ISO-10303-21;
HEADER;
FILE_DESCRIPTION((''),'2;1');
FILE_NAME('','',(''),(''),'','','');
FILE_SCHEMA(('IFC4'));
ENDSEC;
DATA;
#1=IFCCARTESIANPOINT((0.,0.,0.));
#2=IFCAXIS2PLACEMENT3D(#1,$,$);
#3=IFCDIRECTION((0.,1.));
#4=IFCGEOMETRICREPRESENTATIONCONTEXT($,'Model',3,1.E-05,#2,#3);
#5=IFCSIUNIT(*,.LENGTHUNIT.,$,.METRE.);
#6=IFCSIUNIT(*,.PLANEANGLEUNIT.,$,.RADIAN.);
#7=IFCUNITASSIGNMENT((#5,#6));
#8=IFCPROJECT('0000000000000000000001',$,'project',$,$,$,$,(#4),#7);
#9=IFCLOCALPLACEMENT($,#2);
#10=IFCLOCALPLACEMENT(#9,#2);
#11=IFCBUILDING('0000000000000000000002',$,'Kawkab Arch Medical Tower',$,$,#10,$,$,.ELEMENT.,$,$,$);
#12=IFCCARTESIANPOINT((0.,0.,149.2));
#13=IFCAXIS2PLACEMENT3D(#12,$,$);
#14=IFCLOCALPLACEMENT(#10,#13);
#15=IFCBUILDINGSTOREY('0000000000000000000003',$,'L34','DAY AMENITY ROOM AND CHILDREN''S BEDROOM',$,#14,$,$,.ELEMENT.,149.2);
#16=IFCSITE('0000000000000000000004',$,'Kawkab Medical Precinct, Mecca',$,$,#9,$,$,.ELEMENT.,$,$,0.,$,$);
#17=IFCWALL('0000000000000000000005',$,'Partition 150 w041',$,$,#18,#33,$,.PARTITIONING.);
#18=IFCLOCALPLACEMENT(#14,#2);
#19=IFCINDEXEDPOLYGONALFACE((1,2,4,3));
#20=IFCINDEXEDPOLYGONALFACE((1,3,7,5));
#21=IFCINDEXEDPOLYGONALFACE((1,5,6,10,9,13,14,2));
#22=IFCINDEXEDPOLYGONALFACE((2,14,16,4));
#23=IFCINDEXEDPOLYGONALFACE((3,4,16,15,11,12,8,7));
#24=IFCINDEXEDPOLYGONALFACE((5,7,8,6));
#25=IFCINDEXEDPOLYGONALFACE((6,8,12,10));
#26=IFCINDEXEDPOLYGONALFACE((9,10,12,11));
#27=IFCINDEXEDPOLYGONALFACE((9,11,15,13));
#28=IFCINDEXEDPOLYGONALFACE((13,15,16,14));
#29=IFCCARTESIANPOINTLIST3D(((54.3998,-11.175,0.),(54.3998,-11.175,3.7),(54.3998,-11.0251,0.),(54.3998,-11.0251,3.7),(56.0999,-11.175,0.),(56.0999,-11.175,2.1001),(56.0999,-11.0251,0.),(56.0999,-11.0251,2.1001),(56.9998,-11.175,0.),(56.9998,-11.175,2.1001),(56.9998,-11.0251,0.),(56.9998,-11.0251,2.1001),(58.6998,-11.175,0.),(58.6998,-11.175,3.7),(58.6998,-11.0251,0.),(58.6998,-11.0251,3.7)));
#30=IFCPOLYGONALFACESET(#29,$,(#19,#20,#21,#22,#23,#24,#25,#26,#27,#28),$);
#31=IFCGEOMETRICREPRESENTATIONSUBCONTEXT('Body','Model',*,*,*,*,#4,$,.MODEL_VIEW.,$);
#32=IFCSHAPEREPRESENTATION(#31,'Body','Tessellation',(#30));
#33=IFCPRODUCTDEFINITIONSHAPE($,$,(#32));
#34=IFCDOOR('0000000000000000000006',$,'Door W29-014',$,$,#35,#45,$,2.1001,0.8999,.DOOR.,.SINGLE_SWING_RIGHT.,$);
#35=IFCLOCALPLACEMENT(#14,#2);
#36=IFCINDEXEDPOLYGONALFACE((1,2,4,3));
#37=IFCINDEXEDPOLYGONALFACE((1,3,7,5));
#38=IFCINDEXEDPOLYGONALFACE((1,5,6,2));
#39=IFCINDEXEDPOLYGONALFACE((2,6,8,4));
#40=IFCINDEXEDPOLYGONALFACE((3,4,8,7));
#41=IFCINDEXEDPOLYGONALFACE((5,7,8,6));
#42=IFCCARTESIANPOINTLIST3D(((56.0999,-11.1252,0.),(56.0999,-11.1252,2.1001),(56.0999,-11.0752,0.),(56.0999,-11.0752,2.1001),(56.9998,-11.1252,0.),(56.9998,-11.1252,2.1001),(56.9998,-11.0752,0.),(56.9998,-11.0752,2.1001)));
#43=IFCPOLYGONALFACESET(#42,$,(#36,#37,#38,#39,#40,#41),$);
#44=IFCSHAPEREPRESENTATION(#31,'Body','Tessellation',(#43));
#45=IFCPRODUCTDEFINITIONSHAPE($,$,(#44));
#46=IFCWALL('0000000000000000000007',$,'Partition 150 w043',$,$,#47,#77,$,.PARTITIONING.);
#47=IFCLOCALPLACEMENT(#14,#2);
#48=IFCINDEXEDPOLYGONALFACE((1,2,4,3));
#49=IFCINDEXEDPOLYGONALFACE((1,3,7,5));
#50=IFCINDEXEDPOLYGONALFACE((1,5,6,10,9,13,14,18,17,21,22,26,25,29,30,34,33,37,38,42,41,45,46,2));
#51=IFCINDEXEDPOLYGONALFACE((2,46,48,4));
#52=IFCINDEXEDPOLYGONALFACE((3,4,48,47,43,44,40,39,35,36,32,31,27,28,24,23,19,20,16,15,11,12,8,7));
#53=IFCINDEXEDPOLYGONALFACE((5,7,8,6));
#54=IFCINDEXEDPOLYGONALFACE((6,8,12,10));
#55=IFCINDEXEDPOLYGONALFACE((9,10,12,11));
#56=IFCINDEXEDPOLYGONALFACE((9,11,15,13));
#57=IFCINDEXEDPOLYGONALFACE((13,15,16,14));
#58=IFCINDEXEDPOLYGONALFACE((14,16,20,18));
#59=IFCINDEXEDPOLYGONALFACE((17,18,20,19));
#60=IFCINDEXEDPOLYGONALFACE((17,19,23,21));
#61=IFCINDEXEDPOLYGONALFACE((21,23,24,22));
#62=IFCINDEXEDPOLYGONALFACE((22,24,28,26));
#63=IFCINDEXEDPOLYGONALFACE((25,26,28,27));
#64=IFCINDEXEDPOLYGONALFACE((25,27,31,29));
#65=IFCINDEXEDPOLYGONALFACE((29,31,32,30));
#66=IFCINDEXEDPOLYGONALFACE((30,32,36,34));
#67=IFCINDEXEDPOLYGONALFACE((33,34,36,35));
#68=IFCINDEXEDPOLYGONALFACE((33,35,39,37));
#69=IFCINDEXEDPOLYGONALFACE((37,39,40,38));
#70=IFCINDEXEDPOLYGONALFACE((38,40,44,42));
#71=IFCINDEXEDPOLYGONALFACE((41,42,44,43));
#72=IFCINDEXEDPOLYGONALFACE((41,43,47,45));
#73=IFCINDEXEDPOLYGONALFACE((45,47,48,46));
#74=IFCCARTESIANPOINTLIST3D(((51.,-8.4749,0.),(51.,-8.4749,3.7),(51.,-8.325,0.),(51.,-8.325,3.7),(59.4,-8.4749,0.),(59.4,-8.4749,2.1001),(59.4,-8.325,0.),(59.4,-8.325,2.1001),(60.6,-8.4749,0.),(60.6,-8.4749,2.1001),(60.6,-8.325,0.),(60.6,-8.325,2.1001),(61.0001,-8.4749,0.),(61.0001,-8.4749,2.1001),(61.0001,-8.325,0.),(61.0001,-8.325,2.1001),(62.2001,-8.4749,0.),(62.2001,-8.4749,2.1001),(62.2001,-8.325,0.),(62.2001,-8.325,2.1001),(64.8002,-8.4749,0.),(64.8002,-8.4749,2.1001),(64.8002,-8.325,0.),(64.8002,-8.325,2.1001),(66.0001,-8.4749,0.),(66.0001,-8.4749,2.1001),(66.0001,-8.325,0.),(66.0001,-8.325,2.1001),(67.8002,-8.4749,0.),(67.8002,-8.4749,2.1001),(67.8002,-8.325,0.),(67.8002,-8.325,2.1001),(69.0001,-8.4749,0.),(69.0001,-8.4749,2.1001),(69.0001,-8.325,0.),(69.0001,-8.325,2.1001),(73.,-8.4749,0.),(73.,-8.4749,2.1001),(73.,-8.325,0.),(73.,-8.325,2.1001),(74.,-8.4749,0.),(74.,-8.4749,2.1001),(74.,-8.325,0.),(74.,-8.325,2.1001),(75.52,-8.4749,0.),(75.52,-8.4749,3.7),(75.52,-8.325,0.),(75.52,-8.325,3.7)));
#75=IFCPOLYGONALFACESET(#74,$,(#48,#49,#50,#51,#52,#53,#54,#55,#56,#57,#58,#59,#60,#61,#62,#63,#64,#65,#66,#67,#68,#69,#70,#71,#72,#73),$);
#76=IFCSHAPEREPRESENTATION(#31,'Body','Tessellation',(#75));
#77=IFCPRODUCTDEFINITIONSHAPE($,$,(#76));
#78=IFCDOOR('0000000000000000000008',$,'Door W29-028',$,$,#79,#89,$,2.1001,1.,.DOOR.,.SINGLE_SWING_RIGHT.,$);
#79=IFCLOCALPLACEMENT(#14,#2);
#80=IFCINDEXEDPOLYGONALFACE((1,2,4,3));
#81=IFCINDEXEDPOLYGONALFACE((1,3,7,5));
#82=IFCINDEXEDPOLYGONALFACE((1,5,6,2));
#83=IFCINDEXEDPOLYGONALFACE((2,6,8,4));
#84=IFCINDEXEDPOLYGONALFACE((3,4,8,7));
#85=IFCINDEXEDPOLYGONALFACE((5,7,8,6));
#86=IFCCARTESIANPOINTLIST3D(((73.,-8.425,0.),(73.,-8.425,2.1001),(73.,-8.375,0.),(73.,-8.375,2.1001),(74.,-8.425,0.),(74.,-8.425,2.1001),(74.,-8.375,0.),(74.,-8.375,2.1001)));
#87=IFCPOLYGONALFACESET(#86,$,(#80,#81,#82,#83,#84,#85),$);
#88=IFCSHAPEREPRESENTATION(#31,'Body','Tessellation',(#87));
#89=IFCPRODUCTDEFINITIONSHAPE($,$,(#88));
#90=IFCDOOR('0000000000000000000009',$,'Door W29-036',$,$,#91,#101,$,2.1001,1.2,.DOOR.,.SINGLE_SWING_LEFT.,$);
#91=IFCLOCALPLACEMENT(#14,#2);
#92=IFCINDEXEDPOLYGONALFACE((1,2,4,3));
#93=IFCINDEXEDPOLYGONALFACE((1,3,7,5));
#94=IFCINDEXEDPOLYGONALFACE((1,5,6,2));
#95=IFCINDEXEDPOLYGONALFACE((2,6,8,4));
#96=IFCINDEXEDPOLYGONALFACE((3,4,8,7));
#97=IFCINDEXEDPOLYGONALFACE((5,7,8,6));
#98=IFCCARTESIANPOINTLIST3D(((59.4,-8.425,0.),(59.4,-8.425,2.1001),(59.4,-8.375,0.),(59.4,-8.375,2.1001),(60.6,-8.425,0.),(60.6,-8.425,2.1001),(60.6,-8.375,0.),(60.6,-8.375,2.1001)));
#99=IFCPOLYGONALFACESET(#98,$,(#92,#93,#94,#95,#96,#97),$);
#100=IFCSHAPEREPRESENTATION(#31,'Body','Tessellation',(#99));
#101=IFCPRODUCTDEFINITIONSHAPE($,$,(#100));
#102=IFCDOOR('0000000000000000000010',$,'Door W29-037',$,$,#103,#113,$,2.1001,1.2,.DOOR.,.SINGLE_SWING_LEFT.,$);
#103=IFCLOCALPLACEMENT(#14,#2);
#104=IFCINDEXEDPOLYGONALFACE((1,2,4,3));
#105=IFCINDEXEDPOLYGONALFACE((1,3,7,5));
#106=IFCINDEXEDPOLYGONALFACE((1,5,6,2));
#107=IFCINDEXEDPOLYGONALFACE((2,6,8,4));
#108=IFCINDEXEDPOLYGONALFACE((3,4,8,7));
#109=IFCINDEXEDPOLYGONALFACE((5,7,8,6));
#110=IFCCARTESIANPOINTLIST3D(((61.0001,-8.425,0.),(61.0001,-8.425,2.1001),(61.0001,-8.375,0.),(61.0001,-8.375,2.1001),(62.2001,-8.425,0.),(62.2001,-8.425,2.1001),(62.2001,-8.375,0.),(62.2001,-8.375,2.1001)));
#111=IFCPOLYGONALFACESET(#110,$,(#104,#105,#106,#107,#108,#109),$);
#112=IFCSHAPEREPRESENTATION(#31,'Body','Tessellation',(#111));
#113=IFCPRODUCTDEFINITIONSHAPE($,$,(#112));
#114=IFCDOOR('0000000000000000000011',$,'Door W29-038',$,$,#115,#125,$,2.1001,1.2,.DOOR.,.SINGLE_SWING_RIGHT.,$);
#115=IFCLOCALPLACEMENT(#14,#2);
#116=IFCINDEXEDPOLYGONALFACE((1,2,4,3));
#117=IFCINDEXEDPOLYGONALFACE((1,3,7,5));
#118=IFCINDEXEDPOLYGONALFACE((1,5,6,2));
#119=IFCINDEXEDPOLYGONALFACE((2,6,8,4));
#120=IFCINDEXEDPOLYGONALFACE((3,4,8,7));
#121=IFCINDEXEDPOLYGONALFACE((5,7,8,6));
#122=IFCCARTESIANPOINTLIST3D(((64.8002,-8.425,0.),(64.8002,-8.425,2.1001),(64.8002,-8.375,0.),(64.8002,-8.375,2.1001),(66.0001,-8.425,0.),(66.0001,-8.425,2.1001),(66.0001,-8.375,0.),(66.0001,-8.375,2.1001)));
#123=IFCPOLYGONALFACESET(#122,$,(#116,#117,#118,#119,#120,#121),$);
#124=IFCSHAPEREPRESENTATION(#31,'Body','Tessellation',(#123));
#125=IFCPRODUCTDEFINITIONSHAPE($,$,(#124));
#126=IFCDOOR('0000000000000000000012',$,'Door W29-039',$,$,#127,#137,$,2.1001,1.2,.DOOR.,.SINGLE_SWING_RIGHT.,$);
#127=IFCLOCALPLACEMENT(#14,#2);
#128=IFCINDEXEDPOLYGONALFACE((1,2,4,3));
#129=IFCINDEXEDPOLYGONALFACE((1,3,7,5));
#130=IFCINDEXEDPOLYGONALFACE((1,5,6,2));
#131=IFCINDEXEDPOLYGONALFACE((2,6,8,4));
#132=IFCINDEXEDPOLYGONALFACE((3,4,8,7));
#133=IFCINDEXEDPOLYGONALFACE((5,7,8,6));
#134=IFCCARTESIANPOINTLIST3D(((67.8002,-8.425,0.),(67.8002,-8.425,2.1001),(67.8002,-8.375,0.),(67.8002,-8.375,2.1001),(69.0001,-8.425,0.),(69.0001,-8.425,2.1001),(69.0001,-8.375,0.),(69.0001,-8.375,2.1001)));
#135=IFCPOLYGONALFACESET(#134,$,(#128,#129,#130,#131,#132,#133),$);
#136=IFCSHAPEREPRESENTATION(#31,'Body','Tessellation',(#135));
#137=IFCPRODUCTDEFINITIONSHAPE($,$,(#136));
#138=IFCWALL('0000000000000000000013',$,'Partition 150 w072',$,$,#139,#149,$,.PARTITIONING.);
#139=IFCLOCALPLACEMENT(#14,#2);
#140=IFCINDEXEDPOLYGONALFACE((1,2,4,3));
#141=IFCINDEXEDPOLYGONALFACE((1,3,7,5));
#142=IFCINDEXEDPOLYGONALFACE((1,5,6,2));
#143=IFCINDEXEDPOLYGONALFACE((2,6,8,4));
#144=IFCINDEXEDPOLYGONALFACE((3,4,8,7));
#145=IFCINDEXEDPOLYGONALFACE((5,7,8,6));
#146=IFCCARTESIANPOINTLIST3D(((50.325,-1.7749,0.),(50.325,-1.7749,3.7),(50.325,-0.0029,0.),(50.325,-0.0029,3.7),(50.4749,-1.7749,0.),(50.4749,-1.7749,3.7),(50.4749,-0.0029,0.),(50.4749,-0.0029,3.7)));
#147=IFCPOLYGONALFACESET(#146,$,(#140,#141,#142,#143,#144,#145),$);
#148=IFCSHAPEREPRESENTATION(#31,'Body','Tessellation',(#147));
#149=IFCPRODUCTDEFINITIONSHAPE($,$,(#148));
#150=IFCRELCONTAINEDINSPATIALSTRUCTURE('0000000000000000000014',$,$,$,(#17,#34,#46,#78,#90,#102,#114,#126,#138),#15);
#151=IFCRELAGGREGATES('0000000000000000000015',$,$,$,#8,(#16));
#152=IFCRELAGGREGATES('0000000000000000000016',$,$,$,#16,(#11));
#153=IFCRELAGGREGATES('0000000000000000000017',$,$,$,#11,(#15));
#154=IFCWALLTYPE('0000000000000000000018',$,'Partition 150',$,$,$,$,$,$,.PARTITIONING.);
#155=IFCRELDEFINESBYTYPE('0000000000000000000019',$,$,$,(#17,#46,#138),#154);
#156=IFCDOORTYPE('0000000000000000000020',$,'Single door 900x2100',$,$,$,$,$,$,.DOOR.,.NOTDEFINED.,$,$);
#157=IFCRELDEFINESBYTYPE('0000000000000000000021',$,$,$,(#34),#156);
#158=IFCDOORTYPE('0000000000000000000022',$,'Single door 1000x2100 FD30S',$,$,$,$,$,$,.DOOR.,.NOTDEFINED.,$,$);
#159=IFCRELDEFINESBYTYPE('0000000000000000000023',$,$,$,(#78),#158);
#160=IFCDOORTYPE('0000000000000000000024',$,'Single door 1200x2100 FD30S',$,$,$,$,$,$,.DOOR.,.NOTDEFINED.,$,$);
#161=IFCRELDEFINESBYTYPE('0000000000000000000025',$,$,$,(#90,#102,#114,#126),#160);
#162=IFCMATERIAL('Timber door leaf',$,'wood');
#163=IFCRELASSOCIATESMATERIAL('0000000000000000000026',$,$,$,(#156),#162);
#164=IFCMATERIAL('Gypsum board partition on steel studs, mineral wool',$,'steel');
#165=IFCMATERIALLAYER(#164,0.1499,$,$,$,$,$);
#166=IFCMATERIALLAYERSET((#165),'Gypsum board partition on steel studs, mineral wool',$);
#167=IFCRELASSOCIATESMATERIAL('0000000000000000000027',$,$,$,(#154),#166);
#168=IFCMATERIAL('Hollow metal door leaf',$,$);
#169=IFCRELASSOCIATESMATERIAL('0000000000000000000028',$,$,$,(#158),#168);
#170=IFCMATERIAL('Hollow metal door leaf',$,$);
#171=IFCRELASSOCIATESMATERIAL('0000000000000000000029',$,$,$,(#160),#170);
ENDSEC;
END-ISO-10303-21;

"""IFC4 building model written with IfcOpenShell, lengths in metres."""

from ifc_helpers import new_model, si_unit, direction, frame, frame_2d, origin, place, context, subcontext, project, spatial, rectangle, extrude, material, layer, layer_set, type_object, element, fill, save


model = new_model("IFC4")

# Units and contexts
model_context = context("Model", 3, precision=1e-05, world=origin(), true_north=direction((0.0, 1.0)))
body_context = subcontext(model_context, "Body", "Model", "MODEL_VIEW")
ifc_project = project(units=[si_unit("LENGTHUNIT", "METRE"), si_unit("PLANEANGLEUNIT", "RADIAN")], contexts=[model_context])

# Site, building, storey
site_placement = place(None, origin())
site = spatial("IfcSite", under=ifc_project, at=site_placement, Name="Kawkab Medical Precinct, Mecca", CompositionType="ELEMENT", RefElevation=0.0)
building_placement = place(site_placement, origin())
building = spatial("IfcBuilding", under=site, at=building_placement, Name="Kawkab Arch Medical Tower", CompositionType="ELEMENT")
storey_placement = place(building_placement, frame((0.0, 0.0, 149.2)))
storey = spatial("IfcBuildingStorey", under=building, at=storey_placement, Name="L34", Description="DAY AMENITY ROOM AND CHILDREN'S BEDROOM", CompositionType="ELEMENT", Elevation=149.2)

# Shared definitions
ifc_material_1 = material(Name="Timber door leaf", Category="wood")
door_type_1 = type_object("IfcDoorType", Name="Single door 900x2100", OperationType="NOTDEFINED", PredefinedType="DOOR", material=ifc_material_1)

# Wall, opening, door
ifc_material_2 = material(Name="Gypsum board partition on steel studs, mineral wool", Category="steel")
ifc_layer_1 = layer(ifc_material_2, 0.1499)
ifc_layer_set_1 = layer_set([ifc_layer_1], Name="Gypsum board partition on steel studs, mineral wool")
wall_type_1 = type_object("IfcWallType", Name="Partition 150", PredefinedType="PARTITIONING", material=ifc_layer_set_1)
wall_1_placement = place(storey_placement, frame((54.3999, -11.1001, 0.0), z_axis=(0.0, 0.0, 1.0), x_axis=(1.0, 0.0, 0.0)))
wall_1 = element("IfcWall", 1, at=wall_1_placement, inside=storey, type_object=wall_type_1, Name="Partition 150 w041", PredefinedType="PARTITIONING", context=body_context, shape_type="SweptSolid", body=[
    extrude(rectangle(XDim=4.3, YDim=0.1499, at=frame_2d((2.1499, 0.0))), origin(), (0.0, 0.0, 1.0), 3.7),
])
opening_1_placement = place(wall_1_placement, frame((1.7, 0.0, 0.0)))
opening_1 = element("IfcOpeningElement", 2, at=opening_1_placement, cuts=wall_1, PredefinedType="OPENING", context=body_context, shape_type="SweptSolid", body=[
    extrude(rectangle(XDim=0.8999, YDim=2.1001, at=frame_2d((0.45, 1.05))), frame((0.0, 0.085, 0.0), z_axis=(0.0, -1.0, 0.0), x_axis=(1.0, 0.0, 0.0)), (0.0, 0.0, 1.0), 0.1699),
])
door_1_placement = place(opening_1_placement, origin())
door_1 = element("IfcDoor", 3, at=door_1_placement, inside=storey, type_object=door_type_1, Name="Door W29-014", OperationType="SINGLE_SWING_RIGHT", OverallHeight=2.1001, OverallWidth=0.8999, PredefinedType="DOOR", context=body_context, shape_type="SweptSolid", body=[
    extrude(rectangle(XDim=0.8999, YDim=2.1001, at=frame_2d((0.45, 1.05))), frame((0.0, 0.0249, 0.0), z_axis=(0.0, -1.0, 0.0), x_axis=(1.0, 0.0, 0.0)), (0.0, 0.0, 1.0), 0.05),
])
fill(opening_1, door_1)

# Wall, openings, doors
wall_2_placement = place(storey_placement, frame((51.0, -8.3999, 0.0), z_axis=(0.0, 0.0, 1.0), x_axis=(1.0, 0.0, 0.0)))
wall_2 = element("IfcWall", 4, at=wall_2_placement, inside=storey, type_object=wall_type_1, Name="Partition 150 w043", PredefinedType="PARTITIONING", context=body_context, shape_type="SweptSolid", body=[
    extrude(rectangle(XDim=24.52, YDim=0.1499, at=frame_2d((12.26, 0.0))), origin(), (0.0, 0.0, 1.0), 3.7),
])
opening_2_placement = place(wall_2_placement, frame((8.3999, 0.0, 0.0)))
opening_2 = element("IfcOpeningElement", 5, at=opening_2_placement, cuts=wall_2, PredefinedType="OPENING", context=body_context, shape_type="SweptSolid", body=[
    extrude(rectangle(XDim=1.2, YDim=2.1001, at=frame_2d((0.6001, 1.05))), frame((0.0, 0.085, 0.0), z_axis=(0.0, -1.0, 0.0), x_axis=(1.0, 0.0, 0.0)), (0.0, 0.0, 1.0), 0.1699),
])
opening_3_placement = place(wall_2_placement, frame((10.0, 0.0, 0.0)))
opening_3 = element("IfcOpeningElement", 6, at=opening_3_placement, cuts=wall_2, PredefinedType="OPENING", context=body_context, shape_type="SweptSolid", body=[
    extrude(rectangle(XDim=1.2, YDim=2.1001, at=frame_2d((0.6001, 1.05))), frame((0.0, 0.085, 0.0), z_axis=(0.0, -1.0, 0.0), x_axis=(1.0, 0.0, 0.0)), (0.0, 0.0, 1.0), 0.1699),
])
opening_4_placement = place(wall_2_placement, frame((13.8, 0.0, 0.0)))
opening_4 = element("IfcOpeningElement", 7, at=opening_4_placement, cuts=wall_2, PredefinedType="OPENING", context=body_context, shape_type="SweptSolid", body=[
    extrude(rectangle(XDim=1.2, YDim=2.1001, at=frame_2d((0.6001, 1.05))), frame((0.0, 0.085, 0.0), z_axis=(0.0, -1.0, 0.0), x_axis=(1.0, 0.0, 0.0)), (0.0, 0.0, 1.0), 0.1699),
])
opening_5_placement = place(wall_2_placement, frame((16.8, 0.0, 0.0)))
opening_5 = element("IfcOpeningElement", 8, at=opening_5_placement, cuts=wall_2, PredefinedType="OPENING", context=body_context, shape_type="SweptSolid", body=[
    extrude(rectangle(XDim=1.2, YDim=2.1001, at=frame_2d((0.6001, 1.05))), frame((0.0, 0.085, 0.0), z_axis=(0.0, -1.0, 0.0), x_axis=(1.0, 0.0, 0.0)), (0.0, 0.0, 1.0), 0.1699),
])
opening_6_placement = place(wall_2_placement, frame((22.0, 0.0, 0.0)))
opening_6 = element("IfcOpeningElement", 9, at=opening_6_placement, cuts=wall_2, PredefinedType="OPENING", context=body_context, shape_type="SweptSolid", body=[
    extrude(rectangle(XDim=1.0, YDim=2.1001, at=frame_2d((0.5, 1.05))), frame((0.0, 0.085, 0.0), z_axis=(0.0, -1.0, 0.0), x_axis=(1.0, 0.0, 0.0)), (0.0, 0.0, 1.0), 0.1699),
])
ifc_material_3 = material(Name="Hollow metal door leaf")
door_type_2 = type_object("IfcDoorType", Name="Single door 1000x2100 FD30S", OperationType="NOTDEFINED", PredefinedType="DOOR", material=ifc_material_3)
door_2_placement = place(opening_6_placement, origin())
door_2 = element("IfcDoor", 10, at=door_2_placement, inside=storey, type_object=door_type_2, Name="Door W29-028", OperationType="SINGLE_SWING_RIGHT", OverallHeight=2.1001, OverallWidth=1.0, PredefinedType="DOOR", context=body_context, shape_type="SweptSolid", body=[
    extrude(rectangle(XDim=1.0, YDim=2.1001, at=frame_2d((0.5, 1.05))), frame((0.0, 0.0249, 0.0), z_axis=(0.0, -1.0, 0.0), x_axis=(1.0, 0.0, 0.0)), (0.0, 0.0, 1.0), 0.05),
])
fill(opening_6, door_2)
ifc_material_4 = material(Name="Hollow metal door leaf")
door_type_3 = type_object("IfcDoorType", Name="Single door 1200x2100 FD30S", OperationType="NOTDEFINED", PredefinedType="DOOR", material=ifc_material_4)
door_3_placement = place(opening_2_placement, origin())
door_3 = element("IfcDoor", 11, at=door_3_placement, inside=storey, type_object=door_type_3, Name="Door W29-036", OperationType="SINGLE_SWING_LEFT", OverallHeight=2.1001, OverallWidth=1.2, PredefinedType="DOOR", context=body_context, shape_type="SweptSolid", body=[
    extrude(rectangle(XDim=1.2, YDim=2.1001, at=frame_2d((0.6001, 1.05))), frame((0.0, 0.0249, 0.0), z_axis=(0.0, -1.0, 0.0), x_axis=(1.0, 0.0, 0.0)), (0.0, 0.0, 1.0), 0.05),
])
fill(opening_2, door_3)
door_4_placement = place(opening_3_placement, origin())
door_4 = element("IfcDoor", 12, at=door_4_placement, inside=storey, type_object=door_type_3, Name="Door W29-037", OperationType="SINGLE_SWING_LEFT", OverallHeight=2.1001, OverallWidth=1.2, PredefinedType="DOOR", context=body_context, shape_type="SweptSolid", body=[
    extrude(rectangle(XDim=1.2, YDim=2.1001, at=frame_2d((0.6001, 1.05))), frame((0.0, 0.0249, 0.0), z_axis=(0.0, -1.0, 0.0), x_axis=(1.0, 0.0, 0.0)), (0.0, 0.0, 1.0), 0.05),
])
fill(opening_3, door_4)
door_5_placement = place(opening_4_placement, origin())
door_5 = element("IfcDoor", 13, at=door_5_placement, inside=storey, type_object=door_type_3, Name="Door W29-038", OperationType="SINGLE_SWING_RIGHT", OverallHeight=2.1001, OverallWidth=1.2, PredefinedType="DOOR", context=body_context, shape_type="SweptSolid", body=[
    extrude(rectangle(XDim=1.2, YDim=2.1001, at=frame_2d((0.6001, 1.05))), frame((0.0, 0.0249, 0.0), z_axis=(0.0, -1.0, 0.0), x_axis=(1.0, 0.0, 0.0)), (0.0, 0.0, 1.0), 0.05),
])
fill(opening_4, door_5)
door_6_placement = place(opening_5_placement, origin())
door_6 = element("IfcDoor", 14, at=door_6_placement, inside=storey, type_object=door_type_3, Name="Door W29-039", OperationType="SINGLE_SWING_RIGHT", OverallHeight=2.1001, OverallWidth=1.2, PredefinedType="DOOR", context=body_context, shape_type="SweptSolid", body=[
    extrude(rectangle(XDim=1.2, YDim=2.1001, at=frame_2d((0.6001, 1.05))), frame((0.0, 0.0249, 0.0), z_axis=(0.0, -1.0, 0.0), x_axis=(1.0, 0.0, 0.0)), (0.0, 0.0, 1.0), 0.05),
])
fill(opening_5, door_6)

# Wall
wall_3_placement = place(storey_placement, frame((50.3999, -1.7749, 0.0), z_axis=(0.0, 0.0, 1.0), x_axis=(0.0, 1.0, 0.0)))
element("IfcWall", 15, at=wall_3_placement, inside=storey, type_object=wall_type_1, Name="Partition 150 w072", PredefinedType="PARTITIONING", context=body_context, shape_type="SweptSolid", body=[
    extrude(rectangle(XDim=1.772, YDim=0.1499, at=frame_2d((0.886, 0.0))), origin(), (0.0, 0.0, 1.0), 3.7),
])

save(model, "model.ifc")
